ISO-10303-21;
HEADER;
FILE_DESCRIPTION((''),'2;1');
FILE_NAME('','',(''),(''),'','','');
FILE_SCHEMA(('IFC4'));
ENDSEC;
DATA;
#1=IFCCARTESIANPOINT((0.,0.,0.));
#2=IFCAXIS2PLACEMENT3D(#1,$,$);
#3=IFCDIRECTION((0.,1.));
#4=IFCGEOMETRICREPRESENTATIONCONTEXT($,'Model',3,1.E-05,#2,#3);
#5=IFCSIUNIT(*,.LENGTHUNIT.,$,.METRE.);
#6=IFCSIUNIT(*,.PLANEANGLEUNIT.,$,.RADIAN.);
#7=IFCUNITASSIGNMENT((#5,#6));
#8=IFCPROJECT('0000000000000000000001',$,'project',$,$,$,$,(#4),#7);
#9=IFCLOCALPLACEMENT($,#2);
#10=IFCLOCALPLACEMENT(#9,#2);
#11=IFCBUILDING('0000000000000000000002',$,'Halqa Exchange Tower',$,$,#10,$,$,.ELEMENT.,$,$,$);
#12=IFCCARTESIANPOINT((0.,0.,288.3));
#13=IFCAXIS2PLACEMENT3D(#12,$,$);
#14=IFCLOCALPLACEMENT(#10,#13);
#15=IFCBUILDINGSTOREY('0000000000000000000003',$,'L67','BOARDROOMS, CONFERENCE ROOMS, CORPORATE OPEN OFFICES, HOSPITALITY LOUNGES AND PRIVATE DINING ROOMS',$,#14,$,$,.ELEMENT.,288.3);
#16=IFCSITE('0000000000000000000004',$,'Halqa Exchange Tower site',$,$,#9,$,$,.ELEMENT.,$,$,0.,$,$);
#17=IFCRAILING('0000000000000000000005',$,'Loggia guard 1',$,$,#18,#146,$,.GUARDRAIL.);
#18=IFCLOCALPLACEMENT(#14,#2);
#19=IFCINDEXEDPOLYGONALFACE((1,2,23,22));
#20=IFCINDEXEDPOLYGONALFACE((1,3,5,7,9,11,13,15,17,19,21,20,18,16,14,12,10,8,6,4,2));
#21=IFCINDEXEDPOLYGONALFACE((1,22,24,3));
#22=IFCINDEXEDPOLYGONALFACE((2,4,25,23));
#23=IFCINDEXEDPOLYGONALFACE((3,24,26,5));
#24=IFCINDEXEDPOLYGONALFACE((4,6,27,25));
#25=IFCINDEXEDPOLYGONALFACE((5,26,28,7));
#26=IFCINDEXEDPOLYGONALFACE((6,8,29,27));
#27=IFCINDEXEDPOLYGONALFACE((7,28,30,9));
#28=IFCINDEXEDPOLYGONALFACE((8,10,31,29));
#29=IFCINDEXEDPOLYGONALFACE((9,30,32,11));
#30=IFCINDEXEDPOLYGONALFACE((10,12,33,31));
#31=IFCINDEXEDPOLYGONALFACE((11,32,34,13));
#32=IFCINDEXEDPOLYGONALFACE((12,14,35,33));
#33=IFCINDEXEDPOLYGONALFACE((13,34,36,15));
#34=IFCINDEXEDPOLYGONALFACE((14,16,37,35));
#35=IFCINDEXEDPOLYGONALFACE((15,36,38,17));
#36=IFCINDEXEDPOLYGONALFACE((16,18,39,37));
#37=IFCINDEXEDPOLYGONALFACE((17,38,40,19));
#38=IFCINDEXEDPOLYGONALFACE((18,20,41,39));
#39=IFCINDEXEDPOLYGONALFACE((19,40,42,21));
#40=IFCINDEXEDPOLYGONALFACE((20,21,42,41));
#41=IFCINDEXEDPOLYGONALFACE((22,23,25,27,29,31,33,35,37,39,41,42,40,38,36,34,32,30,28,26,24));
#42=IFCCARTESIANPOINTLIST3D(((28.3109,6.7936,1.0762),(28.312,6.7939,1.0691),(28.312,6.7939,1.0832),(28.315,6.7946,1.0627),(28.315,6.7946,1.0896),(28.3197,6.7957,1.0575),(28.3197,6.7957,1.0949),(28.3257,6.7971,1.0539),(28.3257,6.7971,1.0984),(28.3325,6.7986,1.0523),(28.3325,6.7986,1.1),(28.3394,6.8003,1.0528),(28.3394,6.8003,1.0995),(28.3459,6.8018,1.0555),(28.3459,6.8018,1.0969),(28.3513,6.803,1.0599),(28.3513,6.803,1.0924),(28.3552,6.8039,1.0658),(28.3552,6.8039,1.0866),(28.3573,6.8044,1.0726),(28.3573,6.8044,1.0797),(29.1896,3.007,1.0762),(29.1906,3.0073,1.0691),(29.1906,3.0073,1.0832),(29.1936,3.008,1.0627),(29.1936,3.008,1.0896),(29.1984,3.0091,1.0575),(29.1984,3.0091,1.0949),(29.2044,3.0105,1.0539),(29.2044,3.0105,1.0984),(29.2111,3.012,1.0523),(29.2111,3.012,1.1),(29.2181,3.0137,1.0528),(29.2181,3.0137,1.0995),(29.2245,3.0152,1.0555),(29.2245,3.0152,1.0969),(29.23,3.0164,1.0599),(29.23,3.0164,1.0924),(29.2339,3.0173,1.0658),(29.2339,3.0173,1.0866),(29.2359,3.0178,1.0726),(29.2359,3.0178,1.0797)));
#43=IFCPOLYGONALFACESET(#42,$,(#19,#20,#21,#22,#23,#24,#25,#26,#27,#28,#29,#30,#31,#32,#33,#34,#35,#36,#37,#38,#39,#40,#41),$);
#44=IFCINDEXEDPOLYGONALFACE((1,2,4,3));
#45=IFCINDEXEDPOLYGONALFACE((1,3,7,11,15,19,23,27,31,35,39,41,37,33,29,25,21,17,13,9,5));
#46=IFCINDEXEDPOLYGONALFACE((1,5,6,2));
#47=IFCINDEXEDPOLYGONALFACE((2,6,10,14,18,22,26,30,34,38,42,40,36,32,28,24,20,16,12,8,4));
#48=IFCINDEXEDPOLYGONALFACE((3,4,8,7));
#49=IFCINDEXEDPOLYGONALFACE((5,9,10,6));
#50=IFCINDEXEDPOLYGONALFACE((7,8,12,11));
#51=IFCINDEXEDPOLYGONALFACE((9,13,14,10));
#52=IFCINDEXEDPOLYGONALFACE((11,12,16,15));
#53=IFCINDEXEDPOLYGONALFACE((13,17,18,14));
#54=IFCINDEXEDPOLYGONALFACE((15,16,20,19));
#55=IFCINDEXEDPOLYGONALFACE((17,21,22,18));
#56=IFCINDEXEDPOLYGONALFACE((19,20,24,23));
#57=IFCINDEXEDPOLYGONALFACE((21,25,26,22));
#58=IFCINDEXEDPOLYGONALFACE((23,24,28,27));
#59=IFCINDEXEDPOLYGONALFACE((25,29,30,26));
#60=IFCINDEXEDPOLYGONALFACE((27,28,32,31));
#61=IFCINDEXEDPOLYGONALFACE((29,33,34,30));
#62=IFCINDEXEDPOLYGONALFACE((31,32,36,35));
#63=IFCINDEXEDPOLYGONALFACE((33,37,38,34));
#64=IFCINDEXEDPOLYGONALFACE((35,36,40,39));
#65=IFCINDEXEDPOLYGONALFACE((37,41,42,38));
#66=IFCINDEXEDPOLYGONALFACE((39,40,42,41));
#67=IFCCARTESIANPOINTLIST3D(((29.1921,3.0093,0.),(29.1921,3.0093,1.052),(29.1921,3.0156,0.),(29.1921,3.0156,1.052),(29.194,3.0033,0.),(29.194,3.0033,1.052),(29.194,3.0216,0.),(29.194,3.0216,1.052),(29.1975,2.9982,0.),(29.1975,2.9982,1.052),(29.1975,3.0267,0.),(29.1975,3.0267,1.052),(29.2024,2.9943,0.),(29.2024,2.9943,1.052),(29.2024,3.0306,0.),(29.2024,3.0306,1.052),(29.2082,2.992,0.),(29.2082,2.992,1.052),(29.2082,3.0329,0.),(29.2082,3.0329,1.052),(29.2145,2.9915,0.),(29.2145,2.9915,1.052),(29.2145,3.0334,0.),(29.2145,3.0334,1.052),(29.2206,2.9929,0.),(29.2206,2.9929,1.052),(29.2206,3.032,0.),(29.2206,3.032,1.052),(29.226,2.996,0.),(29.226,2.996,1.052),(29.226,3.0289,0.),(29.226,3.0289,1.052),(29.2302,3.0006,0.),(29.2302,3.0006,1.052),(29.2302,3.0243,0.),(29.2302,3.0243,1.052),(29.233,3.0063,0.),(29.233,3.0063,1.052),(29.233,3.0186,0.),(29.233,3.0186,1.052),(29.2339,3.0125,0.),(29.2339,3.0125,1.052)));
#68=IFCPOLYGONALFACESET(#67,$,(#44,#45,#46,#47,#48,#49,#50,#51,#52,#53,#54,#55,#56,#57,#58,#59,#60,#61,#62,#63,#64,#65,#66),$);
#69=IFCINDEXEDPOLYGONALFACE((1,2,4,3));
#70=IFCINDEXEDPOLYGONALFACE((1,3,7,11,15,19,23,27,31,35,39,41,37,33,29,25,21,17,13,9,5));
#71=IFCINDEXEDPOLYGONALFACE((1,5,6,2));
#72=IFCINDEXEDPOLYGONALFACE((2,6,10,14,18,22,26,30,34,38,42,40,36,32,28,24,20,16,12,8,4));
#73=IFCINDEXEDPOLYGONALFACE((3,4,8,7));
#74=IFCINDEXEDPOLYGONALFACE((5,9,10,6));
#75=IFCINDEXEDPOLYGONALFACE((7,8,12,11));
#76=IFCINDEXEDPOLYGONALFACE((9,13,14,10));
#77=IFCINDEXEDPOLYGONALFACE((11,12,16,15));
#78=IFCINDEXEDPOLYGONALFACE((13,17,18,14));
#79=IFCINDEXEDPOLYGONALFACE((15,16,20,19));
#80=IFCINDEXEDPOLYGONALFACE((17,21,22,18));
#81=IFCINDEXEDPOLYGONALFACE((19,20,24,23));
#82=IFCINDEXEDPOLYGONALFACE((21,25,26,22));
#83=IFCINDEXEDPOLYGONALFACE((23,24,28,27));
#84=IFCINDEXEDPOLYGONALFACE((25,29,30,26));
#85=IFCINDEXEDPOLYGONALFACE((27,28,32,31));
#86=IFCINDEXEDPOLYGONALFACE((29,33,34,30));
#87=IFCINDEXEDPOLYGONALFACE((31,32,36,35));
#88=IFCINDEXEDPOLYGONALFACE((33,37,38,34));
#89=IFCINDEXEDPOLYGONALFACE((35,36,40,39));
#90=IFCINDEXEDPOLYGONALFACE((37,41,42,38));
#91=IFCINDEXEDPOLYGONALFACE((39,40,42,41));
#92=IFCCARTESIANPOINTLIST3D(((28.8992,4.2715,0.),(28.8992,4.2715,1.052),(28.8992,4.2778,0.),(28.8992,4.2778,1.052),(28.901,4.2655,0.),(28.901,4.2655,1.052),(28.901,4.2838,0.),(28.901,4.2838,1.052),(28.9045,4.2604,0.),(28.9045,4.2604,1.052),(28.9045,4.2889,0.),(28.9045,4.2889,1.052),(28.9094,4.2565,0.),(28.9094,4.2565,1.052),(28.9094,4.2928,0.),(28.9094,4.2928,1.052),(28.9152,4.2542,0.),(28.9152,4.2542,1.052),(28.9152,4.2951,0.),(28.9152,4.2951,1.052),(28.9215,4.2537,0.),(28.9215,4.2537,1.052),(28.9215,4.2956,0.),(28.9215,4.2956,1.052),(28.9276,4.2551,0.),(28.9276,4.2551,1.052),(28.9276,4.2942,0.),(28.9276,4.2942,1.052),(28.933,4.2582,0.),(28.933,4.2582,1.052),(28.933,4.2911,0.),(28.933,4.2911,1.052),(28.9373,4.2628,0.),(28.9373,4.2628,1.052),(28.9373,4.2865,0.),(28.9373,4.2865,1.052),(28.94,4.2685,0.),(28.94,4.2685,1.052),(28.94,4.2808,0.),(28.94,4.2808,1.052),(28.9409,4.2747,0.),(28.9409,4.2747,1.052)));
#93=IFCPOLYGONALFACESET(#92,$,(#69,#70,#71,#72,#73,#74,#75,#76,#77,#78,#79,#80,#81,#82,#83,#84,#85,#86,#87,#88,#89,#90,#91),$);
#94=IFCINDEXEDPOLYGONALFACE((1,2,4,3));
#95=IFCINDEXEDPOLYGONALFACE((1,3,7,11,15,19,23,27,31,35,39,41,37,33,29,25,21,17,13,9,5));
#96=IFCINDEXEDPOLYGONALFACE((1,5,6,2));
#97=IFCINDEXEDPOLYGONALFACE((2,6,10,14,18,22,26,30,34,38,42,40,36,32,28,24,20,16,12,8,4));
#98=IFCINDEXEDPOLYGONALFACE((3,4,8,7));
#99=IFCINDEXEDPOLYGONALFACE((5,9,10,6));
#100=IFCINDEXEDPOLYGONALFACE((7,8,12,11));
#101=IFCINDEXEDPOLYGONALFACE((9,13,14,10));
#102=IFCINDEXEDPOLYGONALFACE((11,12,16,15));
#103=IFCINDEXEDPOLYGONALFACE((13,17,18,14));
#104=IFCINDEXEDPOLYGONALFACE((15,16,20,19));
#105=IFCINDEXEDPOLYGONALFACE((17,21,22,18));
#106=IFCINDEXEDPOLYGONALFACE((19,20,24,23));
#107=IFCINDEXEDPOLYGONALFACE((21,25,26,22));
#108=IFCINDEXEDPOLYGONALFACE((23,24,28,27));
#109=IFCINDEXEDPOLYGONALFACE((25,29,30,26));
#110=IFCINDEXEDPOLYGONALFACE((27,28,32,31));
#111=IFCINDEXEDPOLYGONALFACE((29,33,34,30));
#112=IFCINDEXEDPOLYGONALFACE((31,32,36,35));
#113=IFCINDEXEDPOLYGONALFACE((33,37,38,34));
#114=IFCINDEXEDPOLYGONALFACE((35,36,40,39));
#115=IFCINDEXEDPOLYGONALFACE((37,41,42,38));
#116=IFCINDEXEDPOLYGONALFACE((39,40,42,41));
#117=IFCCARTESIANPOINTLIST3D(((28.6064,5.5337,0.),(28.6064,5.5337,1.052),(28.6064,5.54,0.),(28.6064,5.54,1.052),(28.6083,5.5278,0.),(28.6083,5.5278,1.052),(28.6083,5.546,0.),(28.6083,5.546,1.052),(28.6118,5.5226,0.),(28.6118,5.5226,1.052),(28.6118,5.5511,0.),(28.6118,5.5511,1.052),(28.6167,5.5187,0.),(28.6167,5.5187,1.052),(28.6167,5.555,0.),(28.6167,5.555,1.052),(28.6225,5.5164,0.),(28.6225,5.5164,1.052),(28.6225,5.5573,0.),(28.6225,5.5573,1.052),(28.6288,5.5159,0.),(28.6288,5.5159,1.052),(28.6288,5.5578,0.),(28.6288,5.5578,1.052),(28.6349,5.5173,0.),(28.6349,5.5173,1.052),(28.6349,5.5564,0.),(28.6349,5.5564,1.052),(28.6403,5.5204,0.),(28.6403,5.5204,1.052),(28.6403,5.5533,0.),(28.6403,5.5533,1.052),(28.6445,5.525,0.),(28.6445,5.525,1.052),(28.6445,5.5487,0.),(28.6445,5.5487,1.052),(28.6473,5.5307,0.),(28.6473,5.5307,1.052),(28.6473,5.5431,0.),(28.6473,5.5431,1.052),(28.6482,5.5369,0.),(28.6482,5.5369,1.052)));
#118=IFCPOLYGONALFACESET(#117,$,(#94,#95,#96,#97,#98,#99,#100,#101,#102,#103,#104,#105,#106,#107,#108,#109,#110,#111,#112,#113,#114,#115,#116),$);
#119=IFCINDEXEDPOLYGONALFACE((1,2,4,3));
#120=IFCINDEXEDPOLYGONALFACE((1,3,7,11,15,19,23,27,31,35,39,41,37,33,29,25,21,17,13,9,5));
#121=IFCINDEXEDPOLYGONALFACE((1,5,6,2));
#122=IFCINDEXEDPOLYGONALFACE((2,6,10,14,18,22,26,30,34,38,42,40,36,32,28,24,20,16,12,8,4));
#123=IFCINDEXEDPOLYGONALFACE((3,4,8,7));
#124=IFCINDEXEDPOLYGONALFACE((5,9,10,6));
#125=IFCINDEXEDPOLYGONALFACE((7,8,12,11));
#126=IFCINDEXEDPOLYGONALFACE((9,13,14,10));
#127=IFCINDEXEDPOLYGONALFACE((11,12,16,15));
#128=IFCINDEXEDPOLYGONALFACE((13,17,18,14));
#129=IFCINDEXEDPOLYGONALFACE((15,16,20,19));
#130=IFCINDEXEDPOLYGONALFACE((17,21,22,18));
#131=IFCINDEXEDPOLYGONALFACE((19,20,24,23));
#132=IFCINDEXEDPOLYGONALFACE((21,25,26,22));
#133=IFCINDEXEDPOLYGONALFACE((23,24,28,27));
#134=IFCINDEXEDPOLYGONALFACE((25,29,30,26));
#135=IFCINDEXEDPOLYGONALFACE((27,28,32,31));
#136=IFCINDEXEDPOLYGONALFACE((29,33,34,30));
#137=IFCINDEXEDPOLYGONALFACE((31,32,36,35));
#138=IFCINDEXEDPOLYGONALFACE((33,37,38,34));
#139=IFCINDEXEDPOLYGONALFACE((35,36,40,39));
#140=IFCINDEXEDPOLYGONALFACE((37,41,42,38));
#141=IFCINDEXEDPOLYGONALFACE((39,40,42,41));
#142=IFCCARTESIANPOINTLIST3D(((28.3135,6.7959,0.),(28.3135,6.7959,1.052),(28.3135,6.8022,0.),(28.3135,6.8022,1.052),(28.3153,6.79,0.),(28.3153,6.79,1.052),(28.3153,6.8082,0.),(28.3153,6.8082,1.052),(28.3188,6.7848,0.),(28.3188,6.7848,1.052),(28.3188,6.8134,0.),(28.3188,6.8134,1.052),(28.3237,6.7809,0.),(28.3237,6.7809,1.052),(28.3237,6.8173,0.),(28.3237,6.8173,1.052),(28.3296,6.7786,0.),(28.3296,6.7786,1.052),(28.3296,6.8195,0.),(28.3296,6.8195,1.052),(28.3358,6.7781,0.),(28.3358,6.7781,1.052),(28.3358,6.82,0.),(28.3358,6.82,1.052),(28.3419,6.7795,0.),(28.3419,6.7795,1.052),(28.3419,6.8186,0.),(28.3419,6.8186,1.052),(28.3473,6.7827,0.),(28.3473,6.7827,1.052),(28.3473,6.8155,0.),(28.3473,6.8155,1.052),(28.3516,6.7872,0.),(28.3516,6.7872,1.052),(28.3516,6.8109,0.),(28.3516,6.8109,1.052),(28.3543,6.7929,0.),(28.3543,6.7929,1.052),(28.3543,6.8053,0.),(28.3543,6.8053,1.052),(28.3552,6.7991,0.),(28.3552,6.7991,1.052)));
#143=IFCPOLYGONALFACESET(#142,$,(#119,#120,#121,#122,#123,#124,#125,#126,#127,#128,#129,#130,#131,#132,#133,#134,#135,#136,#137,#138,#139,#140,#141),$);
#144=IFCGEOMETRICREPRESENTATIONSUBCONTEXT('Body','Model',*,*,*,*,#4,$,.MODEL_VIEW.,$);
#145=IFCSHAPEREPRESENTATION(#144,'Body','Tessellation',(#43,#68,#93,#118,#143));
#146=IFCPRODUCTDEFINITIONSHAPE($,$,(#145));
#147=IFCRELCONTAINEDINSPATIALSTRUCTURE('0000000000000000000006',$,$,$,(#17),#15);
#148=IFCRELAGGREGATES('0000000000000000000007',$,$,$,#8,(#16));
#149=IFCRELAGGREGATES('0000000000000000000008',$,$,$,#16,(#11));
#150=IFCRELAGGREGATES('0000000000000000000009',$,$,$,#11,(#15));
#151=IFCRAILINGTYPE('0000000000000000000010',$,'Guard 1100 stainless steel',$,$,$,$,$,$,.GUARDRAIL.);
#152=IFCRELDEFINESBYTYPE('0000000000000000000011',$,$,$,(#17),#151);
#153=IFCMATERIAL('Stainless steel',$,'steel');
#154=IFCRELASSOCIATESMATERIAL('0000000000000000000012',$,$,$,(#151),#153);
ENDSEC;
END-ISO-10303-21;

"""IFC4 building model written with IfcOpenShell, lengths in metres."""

from ifc_helpers import new_model, si_unit, direction, frame, origin, origin_2d, place, context, subcontext, project, spatial, circle, extrude, material, type_object, element, save


model = new_model("IFC4")

# Units and contexts
model_context = context("Model", 3, precision=1e-05, world=origin(), true_north=direction((0.0, 1.0)))
body_context = subcontext(model_context, "Body", "Model", "MODEL_VIEW")
ifc_project = project(units=[si_unit("LENGTHUNIT", "METRE"), si_unit("PLANEANGLEUNIT", "RADIAN")], contexts=[model_context])

# Site, building, storey
site_placement = place(None, origin())
site = spatial("IfcSite", under=ifc_project, at=site_placement, Name="Halqa Exchange Tower site", CompositionType="ELEMENT", RefElevation=0.0)
building_placement = place(site_placement, origin())
building = spatial("IfcBuilding", under=site, at=building_placement, Name="Halqa Exchange Tower", CompositionType="ELEMENT")
storey_placement = place(building_placement, frame((0.0, 0.0, 288.3)))
storey = spatial("IfcBuildingStorey", under=building, at=storey_placement, Name="L67", Description="BOARDROOMS, CONFERENCE ROOMS, CORPORATE OPEN OFFICES, HOSPITALITY LOUNGES AND PRIVATE DINING ROOMS", CompositionType="ELEMENT", Elevation=288.3)

# Railing
ifc_material_1 = material(Name="Stainless steel", Category="steel")
railing_type = type_object("IfcRailingType", Name="Guard 1100 stainless steel", PredefinedType="GUARDRAIL", material=ifc_material_1)
railing_1_placement = place(storey_placement, frame((29.2129, 3.0125, 0.0)))
element("IfcRailing", 1, at=railing_1_placement, inside=storey, type_object=railing_type, Name="Loggia guard 1", PredefinedType="GUARDRAIL", context=body_context, shape_type="SweptSolid", body=[
    extrude(circle(Radius=0.0239, at=origin_2d()), frame((0.0, 0.0, 1.0762), z_axis=(-0.226038, 0.974118, 0.0), x_axis=(-0.974118, -0.226038, 0.0)), (0.0, 0.0, 1.0), 3.8872),
    extrude(circle(Radius=0.021, at=origin_2d()), origin(), (0.0, 0.0, 1.0), 1.052),
    extrude(circle(Radius=0.021, at=origin_2d()), frame((-0.293, 1.2622, 0.0)), (0.0, 0.0, 1.0), 1.052),
    extrude(circle(Radius=0.021, at=origin_2d()), frame((-0.5857, 2.5244, 0.0)), (0.0, 0.0, 1.0), 1.052),
    extrude(circle(Radius=0.021, at=origin_2d()), frame((-0.8787, 3.7866, 0.0)), (0.0, 0.0, 1.0), 1.052),
])

save(model, "model.ifc")
